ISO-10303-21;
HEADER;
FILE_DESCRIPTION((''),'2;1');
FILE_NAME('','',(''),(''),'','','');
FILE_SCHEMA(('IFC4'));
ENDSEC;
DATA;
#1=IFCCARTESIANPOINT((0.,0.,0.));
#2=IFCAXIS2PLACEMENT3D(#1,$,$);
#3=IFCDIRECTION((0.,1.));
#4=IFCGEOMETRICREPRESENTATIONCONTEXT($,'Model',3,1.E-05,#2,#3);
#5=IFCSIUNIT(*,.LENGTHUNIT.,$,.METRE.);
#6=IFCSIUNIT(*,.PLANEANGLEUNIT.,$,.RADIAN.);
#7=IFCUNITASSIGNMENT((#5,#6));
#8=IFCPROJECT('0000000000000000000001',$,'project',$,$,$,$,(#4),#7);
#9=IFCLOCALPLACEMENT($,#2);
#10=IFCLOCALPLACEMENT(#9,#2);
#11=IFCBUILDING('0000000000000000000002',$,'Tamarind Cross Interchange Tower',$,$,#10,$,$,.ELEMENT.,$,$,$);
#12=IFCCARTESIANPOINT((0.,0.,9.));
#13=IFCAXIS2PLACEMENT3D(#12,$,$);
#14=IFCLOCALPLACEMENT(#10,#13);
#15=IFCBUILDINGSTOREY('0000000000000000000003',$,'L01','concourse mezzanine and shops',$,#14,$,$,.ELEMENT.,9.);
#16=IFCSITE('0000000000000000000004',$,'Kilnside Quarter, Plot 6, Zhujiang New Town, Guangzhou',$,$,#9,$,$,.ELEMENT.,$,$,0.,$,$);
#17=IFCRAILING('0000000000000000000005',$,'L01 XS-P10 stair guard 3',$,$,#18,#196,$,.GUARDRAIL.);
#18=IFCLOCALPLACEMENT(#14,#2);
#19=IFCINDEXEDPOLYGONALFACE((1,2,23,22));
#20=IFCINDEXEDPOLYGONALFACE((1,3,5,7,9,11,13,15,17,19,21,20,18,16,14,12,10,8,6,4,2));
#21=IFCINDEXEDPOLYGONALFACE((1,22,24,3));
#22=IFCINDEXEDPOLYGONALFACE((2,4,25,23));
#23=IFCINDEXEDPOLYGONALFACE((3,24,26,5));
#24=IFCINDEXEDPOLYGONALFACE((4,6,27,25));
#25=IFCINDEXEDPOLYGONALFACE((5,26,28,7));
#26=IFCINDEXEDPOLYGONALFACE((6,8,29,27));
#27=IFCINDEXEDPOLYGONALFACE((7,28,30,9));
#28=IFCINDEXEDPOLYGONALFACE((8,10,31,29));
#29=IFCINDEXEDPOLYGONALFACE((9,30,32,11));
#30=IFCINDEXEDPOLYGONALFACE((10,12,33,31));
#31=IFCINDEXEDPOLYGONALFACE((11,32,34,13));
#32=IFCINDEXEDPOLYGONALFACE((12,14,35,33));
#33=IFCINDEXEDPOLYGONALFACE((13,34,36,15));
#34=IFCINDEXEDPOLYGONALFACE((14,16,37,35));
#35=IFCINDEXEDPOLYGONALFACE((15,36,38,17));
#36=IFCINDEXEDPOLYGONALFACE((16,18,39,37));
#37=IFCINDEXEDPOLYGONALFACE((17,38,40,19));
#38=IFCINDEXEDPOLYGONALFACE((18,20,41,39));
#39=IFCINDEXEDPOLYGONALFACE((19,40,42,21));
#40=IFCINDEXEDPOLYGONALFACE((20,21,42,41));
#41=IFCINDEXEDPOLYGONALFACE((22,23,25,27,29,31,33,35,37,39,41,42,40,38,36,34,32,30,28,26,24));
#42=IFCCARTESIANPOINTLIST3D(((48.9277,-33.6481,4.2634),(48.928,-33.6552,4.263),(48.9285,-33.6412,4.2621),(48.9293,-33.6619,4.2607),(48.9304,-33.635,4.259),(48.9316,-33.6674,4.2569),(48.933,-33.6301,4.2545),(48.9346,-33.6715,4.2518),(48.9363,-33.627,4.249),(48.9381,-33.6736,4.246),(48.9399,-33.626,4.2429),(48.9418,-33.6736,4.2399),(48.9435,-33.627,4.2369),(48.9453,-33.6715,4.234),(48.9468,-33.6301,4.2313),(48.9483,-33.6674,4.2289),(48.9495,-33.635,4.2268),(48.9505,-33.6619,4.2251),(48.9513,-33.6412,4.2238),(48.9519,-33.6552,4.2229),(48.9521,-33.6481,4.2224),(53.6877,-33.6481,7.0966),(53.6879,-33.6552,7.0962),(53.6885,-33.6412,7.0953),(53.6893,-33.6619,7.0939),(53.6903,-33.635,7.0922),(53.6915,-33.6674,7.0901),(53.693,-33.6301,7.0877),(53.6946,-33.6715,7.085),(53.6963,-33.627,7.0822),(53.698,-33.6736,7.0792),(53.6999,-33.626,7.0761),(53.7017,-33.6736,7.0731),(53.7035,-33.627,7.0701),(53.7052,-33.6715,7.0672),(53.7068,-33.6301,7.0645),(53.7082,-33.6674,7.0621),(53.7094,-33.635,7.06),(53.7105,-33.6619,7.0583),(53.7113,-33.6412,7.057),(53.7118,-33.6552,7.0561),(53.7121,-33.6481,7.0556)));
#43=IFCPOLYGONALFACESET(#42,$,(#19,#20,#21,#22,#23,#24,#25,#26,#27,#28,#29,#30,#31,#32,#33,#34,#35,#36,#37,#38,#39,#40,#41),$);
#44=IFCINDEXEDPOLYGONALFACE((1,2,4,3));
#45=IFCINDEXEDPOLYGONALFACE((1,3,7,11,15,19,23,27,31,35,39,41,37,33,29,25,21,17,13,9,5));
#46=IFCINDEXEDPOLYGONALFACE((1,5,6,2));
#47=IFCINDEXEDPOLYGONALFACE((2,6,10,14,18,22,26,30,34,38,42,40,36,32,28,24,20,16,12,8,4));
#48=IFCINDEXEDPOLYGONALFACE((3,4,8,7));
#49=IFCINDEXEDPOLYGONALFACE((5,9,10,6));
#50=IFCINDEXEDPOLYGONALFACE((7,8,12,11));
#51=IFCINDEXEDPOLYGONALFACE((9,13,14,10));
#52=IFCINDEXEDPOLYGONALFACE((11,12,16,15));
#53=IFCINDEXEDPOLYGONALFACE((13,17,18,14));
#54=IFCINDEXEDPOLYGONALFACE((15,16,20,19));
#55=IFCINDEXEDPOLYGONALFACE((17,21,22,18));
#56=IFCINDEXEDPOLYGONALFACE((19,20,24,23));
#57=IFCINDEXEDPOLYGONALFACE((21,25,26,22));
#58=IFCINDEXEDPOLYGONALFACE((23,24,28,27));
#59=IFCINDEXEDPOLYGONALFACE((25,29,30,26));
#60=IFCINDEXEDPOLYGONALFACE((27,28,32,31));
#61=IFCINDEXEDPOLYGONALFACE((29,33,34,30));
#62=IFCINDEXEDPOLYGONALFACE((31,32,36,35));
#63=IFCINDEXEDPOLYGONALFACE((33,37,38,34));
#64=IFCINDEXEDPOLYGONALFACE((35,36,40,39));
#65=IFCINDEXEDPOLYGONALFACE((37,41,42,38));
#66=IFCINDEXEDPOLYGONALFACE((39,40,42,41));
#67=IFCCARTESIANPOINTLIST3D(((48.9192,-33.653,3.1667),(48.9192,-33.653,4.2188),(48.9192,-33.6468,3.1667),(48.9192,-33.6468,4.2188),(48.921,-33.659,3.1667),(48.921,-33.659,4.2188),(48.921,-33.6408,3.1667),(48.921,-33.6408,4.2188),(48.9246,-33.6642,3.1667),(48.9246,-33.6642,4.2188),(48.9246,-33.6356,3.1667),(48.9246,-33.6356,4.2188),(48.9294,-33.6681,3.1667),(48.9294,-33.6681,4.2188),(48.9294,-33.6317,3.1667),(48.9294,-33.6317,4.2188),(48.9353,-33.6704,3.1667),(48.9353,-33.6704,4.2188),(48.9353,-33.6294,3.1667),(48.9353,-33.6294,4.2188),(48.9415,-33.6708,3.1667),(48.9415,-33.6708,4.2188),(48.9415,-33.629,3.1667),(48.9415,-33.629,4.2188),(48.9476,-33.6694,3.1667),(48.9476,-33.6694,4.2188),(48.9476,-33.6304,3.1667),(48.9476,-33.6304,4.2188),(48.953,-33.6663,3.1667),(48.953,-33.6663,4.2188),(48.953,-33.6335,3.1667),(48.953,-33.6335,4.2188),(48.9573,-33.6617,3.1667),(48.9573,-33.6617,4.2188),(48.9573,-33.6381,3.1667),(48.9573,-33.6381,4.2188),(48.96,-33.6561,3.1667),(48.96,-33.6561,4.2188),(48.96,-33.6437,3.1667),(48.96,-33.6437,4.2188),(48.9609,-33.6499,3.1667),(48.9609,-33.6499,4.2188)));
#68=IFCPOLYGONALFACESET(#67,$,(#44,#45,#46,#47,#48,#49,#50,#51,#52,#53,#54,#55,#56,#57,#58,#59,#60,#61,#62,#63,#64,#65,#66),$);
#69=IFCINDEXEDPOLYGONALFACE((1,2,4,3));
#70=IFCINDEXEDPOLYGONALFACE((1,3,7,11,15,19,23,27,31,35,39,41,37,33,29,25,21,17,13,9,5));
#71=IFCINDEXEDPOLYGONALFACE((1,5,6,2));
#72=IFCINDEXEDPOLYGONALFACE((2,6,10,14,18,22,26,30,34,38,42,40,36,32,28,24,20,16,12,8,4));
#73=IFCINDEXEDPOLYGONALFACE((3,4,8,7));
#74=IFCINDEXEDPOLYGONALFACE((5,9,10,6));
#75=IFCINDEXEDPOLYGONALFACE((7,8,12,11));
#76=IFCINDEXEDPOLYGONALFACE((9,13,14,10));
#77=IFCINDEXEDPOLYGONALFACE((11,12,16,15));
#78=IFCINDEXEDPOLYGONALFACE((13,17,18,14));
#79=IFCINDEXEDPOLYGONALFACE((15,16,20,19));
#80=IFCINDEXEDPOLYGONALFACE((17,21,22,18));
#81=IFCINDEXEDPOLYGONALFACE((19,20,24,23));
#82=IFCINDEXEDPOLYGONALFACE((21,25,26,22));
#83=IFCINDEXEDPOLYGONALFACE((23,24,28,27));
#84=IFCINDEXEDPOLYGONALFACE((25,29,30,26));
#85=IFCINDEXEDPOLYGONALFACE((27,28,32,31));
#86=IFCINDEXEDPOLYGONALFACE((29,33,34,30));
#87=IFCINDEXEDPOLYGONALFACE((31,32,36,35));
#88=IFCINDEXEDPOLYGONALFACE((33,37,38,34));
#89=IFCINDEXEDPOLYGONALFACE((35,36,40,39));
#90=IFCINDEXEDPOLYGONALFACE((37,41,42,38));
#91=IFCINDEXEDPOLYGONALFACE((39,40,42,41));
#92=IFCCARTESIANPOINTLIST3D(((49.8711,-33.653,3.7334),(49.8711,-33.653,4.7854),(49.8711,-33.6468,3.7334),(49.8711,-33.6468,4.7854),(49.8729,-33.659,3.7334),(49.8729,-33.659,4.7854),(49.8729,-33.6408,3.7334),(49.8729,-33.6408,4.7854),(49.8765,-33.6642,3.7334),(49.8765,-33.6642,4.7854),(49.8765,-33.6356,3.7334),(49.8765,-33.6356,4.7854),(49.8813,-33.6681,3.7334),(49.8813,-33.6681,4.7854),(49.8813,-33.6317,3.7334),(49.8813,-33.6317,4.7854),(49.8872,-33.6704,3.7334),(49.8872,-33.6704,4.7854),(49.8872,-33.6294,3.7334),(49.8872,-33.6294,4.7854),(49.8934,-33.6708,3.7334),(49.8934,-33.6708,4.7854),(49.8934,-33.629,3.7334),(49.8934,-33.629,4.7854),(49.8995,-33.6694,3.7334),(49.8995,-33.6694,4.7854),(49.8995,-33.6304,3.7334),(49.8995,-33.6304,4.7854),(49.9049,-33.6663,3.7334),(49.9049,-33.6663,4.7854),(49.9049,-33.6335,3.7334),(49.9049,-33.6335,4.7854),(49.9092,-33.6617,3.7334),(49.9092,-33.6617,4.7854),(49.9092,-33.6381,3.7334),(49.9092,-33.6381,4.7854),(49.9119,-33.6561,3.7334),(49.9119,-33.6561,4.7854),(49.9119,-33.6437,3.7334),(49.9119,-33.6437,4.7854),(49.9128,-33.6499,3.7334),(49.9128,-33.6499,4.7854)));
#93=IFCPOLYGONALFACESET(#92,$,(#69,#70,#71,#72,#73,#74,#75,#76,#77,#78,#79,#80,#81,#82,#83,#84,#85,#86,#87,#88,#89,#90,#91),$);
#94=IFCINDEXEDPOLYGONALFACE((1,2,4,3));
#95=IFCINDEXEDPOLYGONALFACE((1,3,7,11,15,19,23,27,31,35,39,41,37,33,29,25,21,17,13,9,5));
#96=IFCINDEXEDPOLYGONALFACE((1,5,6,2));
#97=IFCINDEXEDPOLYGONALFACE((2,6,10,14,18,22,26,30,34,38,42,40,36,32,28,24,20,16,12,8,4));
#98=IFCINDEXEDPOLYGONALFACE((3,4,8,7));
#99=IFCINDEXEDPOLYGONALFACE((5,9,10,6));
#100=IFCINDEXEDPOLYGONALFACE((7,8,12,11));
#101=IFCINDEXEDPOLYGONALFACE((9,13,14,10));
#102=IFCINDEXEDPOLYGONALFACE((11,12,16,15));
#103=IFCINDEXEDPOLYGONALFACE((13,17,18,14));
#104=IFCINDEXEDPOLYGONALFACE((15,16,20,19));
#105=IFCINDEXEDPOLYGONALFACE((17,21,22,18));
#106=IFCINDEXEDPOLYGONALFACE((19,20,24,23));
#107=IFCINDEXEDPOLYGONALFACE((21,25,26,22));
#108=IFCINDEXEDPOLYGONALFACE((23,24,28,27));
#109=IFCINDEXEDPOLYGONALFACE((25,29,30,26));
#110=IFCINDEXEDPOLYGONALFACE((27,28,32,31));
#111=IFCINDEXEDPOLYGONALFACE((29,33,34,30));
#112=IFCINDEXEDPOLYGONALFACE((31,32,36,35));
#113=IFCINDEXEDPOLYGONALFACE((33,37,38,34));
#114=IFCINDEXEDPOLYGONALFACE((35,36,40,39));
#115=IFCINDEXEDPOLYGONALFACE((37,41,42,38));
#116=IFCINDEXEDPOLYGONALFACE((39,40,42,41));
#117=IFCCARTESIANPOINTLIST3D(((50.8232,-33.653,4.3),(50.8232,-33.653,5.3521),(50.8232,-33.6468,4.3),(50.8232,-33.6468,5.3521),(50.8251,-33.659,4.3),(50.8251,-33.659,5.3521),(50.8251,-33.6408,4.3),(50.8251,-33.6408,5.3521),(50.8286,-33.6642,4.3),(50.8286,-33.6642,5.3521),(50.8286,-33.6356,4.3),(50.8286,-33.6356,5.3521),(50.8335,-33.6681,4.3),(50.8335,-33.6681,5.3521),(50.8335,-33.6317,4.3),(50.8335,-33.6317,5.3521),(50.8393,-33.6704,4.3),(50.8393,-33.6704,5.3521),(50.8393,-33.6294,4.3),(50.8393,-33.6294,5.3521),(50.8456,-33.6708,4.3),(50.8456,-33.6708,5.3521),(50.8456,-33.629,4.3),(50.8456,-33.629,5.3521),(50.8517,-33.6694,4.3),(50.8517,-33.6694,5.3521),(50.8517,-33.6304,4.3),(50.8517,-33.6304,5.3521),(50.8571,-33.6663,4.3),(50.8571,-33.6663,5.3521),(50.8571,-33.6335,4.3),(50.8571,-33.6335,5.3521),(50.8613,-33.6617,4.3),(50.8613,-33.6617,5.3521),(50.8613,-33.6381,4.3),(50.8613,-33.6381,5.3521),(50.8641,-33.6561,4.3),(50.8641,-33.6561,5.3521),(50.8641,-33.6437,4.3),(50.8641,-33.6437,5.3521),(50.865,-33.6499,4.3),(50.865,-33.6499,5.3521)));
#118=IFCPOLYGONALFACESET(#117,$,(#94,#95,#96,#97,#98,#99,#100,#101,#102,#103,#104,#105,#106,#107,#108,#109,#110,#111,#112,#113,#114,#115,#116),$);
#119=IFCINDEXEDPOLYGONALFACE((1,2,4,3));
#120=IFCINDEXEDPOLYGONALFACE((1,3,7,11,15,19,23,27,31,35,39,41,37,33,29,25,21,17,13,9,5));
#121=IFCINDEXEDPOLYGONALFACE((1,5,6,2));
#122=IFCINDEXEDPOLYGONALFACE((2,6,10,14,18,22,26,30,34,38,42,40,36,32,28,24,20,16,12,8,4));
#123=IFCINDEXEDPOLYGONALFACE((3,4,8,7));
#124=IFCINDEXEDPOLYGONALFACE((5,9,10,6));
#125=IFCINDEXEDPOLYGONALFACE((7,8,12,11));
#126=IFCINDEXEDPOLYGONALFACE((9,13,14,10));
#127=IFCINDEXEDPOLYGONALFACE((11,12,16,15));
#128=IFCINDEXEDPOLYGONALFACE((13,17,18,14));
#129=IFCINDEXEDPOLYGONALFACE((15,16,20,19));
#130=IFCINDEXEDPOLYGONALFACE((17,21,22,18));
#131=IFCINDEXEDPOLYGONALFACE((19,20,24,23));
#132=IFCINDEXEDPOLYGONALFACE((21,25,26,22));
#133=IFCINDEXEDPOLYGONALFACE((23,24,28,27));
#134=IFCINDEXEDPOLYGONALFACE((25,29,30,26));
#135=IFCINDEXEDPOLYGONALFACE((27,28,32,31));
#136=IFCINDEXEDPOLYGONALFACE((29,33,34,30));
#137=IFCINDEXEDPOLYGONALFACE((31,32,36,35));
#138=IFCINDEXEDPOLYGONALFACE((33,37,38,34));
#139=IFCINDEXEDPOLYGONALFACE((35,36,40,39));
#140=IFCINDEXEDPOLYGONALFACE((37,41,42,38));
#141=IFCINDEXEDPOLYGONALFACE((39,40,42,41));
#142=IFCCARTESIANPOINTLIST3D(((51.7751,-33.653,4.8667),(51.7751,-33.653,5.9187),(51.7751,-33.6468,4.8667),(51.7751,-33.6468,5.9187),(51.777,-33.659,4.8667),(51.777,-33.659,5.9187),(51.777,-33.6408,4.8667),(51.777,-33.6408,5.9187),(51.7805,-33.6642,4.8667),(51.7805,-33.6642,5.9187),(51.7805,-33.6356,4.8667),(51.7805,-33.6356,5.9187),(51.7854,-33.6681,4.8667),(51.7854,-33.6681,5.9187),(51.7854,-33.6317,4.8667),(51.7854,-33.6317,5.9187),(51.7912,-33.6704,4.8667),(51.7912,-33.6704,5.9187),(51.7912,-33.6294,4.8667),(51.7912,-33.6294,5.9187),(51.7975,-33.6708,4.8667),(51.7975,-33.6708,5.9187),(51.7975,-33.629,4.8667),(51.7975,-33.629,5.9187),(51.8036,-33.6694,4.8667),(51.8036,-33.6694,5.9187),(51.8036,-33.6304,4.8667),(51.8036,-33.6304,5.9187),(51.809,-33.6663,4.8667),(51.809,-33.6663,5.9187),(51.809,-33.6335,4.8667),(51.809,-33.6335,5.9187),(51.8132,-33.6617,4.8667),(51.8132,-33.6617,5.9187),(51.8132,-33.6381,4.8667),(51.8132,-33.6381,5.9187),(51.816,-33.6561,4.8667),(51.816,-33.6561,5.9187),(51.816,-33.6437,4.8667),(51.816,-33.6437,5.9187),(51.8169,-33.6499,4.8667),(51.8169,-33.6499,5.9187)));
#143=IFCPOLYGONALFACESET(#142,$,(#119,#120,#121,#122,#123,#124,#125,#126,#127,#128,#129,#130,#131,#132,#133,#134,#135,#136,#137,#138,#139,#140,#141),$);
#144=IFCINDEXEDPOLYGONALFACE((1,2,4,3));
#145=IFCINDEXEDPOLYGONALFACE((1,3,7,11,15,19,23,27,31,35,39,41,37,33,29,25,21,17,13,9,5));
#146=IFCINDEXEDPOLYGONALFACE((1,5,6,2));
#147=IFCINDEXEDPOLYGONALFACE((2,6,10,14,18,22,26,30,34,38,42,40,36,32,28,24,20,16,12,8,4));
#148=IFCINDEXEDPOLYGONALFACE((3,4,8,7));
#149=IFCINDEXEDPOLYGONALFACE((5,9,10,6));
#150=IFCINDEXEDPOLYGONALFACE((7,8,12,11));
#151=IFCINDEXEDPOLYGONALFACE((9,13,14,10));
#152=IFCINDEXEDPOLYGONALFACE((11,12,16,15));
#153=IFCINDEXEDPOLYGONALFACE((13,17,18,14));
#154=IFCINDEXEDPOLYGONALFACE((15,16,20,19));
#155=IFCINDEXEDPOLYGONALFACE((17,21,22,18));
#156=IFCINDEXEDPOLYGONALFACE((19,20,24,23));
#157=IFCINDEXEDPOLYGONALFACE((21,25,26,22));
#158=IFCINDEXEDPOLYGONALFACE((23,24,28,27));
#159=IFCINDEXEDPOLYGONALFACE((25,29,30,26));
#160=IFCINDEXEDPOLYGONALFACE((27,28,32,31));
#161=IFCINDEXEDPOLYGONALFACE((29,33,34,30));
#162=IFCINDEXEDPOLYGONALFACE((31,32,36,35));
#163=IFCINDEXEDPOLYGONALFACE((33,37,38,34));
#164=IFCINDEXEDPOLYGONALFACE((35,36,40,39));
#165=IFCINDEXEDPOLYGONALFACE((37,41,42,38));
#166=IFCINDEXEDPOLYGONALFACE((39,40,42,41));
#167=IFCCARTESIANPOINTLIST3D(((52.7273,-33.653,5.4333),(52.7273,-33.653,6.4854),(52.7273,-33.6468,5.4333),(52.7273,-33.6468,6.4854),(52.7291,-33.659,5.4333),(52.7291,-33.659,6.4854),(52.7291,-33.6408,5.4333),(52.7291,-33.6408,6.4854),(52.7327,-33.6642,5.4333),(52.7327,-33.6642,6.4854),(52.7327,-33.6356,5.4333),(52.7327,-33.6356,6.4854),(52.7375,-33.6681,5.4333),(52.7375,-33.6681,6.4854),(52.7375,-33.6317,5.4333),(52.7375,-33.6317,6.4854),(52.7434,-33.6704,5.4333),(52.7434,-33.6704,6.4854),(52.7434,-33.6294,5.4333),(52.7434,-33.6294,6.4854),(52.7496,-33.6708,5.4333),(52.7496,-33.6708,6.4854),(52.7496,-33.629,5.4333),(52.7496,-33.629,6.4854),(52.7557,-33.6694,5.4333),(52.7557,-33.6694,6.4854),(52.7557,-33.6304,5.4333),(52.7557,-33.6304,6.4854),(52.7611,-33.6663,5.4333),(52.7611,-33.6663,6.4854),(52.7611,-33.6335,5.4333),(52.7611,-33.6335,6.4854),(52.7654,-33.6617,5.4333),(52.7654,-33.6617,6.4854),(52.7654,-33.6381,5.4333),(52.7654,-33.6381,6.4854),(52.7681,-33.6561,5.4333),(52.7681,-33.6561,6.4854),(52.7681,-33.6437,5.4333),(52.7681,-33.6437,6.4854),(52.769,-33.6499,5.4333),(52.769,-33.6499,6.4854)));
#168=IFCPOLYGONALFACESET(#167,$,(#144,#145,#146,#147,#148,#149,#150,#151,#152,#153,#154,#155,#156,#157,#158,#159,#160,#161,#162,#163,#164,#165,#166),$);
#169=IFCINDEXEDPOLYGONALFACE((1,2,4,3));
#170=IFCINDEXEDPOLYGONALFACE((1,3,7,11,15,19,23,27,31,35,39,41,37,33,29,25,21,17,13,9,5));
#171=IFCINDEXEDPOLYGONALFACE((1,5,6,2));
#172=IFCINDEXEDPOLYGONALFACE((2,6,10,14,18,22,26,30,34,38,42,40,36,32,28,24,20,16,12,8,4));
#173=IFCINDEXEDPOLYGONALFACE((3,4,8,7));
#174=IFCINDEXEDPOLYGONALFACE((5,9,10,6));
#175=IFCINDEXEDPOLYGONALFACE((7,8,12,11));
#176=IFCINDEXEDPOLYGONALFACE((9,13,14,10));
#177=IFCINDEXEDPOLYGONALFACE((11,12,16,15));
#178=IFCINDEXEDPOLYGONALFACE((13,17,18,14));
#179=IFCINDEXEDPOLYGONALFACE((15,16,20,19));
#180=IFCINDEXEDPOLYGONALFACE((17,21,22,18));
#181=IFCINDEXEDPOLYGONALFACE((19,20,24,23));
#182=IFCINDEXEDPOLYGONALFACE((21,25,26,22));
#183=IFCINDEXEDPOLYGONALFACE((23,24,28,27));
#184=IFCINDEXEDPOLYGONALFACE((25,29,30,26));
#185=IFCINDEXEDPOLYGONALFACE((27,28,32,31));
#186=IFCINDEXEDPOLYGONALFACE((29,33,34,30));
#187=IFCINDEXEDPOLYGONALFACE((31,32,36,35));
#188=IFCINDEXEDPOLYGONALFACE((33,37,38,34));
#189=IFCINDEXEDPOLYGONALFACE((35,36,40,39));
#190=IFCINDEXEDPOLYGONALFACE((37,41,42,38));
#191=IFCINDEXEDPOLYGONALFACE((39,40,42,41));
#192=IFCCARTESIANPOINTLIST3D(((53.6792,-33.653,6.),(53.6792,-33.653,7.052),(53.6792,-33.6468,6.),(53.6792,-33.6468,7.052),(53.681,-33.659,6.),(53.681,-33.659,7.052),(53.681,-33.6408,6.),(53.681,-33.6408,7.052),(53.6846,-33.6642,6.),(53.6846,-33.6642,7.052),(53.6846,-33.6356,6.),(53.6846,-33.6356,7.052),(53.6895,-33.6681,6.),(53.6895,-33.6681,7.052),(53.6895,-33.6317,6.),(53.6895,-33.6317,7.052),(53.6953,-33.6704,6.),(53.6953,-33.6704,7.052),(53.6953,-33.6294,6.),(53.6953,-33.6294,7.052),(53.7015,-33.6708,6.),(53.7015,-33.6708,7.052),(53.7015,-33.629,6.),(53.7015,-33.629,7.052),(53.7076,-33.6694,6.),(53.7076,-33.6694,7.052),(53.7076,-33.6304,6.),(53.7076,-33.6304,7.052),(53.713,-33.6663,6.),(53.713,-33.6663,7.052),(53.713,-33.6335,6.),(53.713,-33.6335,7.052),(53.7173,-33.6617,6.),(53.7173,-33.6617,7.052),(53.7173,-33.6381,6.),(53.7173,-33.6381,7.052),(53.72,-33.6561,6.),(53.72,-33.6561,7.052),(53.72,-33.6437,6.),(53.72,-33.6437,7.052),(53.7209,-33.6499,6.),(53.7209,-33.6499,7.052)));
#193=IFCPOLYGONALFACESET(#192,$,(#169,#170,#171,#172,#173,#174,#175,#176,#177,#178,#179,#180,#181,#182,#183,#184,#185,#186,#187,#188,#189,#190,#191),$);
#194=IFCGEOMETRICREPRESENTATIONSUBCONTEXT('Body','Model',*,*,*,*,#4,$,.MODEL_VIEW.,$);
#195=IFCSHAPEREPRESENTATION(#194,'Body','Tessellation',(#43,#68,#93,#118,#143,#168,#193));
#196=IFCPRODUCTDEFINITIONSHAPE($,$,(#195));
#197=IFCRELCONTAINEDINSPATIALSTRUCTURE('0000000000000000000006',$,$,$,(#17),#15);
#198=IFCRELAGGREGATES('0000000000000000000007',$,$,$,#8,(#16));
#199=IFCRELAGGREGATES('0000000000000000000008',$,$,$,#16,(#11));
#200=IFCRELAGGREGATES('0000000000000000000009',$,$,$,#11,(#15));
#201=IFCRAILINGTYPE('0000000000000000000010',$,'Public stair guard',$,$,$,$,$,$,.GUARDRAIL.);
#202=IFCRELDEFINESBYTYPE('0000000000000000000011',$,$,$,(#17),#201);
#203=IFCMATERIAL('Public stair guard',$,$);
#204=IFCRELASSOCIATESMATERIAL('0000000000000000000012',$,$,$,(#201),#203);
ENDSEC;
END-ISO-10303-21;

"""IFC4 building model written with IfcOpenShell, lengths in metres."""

from ifc_helpers import new_model, si_unit, direction, frame, origin, origin_2d, place, context, subcontext, project, spatial, circle, extrude, material, type_object, element, save


model = new_model("IFC4")

# Units and contexts
model_context = context("Model", 3, precision=1e-05, world=origin(), true_north=direction((0.0, 1.0)))
body_context = subcontext(model_context, "Body", "Model", "MODEL_VIEW")
ifc_project = project(units=[si_unit("LENGTHUNIT", "METRE"), si_unit("PLANEANGLEUNIT", "RADIAN")], contexts=[model_context])

# Site, building, storey
site_placement = place(None, origin())
site = spatial("IfcSite", under=ifc_project, at=site_placement, Name="Kilnside Quarter, Plot 6, Zhujiang New Town, Guangzhou", CompositionType="ELEMENT", RefElevation=0.0)
building_placement = place(site_placement, origin())
building = spatial("IfcBuilding", under=site, at=building_placement, Name="Tamarind Cross Interchange Tower", CompositionType="ELEMENT")
storey_placement = place(building_placement, frame((0.0, 0.0, 9.0)))
storey = spatial("IfcBuildingStorey", under=building, at=storey_placement, Name="L01", Description="concourse mezzanine and shops", CompositionType="ELEMENT", Elevation=9.0)

# Railing
ifc_material_1 = material(Name="Public stair guard")
railing_type_1 = type_object("IfcRailingType", Name="Public stair guard", PredefinedType="GUARDRAIL", material=ifc_material_1)
railing_1_placement = place(storey_placement, frame((48.9399, -33.6499, 3.1667)))
element("IfcRailing", 1, at=railing_1_placement, inside=storey, type_object=railing_type_1, Name="L01 XS-P10 stair guard 3", PredefinedType="GUARDRAIL", context=body_context, shape_type="SweptSolid", body=[
    extrude(circle(Radius=0.0239, at=origin_2d()), frame((0.0, 0.0, 1.0762), z_axis=(0.8593, 0.0, 0.511472), x_axis=(0.0, 1.0, 0.0)), (0.0, 0.0, 1.0), 5.5393),
    extrude(circle(Radius=0.021, at=origin_2d()), origin(), (0.0, 0.0, 1.0), 1.052),
    extrude(circle(Radius=0.021, at=origin_2d()), frame((0.9519, 0.0, 0.5667)), (0.0, 0.0, 1.0), 1.052),
    extrude(circle(Radius=0.021, at=origin_2d()), frame((1.9041, 0.0, 1.1333)), (0.0, 0.0, 1.0), 1.052),
    extrude(circle(Radius=0.021, at=origin_2d()), frame((2.856, 0.0, 1.7)), (0.0, 0.0, 1.0), 1.052),
    extrude(circle(Radius=0.021, at=origin_2d()), frame((3.8081, 0.0, 2.2666)), (0.0, 0.0, 1.0), 1.052),
    extrude(circle(Radius=0.021, at=origin_2d()), frame((4.76, 0.0, 2.8333)), (0.0, 0.0, 1.0), 1.052),
])

save(model, "model.ifc")
